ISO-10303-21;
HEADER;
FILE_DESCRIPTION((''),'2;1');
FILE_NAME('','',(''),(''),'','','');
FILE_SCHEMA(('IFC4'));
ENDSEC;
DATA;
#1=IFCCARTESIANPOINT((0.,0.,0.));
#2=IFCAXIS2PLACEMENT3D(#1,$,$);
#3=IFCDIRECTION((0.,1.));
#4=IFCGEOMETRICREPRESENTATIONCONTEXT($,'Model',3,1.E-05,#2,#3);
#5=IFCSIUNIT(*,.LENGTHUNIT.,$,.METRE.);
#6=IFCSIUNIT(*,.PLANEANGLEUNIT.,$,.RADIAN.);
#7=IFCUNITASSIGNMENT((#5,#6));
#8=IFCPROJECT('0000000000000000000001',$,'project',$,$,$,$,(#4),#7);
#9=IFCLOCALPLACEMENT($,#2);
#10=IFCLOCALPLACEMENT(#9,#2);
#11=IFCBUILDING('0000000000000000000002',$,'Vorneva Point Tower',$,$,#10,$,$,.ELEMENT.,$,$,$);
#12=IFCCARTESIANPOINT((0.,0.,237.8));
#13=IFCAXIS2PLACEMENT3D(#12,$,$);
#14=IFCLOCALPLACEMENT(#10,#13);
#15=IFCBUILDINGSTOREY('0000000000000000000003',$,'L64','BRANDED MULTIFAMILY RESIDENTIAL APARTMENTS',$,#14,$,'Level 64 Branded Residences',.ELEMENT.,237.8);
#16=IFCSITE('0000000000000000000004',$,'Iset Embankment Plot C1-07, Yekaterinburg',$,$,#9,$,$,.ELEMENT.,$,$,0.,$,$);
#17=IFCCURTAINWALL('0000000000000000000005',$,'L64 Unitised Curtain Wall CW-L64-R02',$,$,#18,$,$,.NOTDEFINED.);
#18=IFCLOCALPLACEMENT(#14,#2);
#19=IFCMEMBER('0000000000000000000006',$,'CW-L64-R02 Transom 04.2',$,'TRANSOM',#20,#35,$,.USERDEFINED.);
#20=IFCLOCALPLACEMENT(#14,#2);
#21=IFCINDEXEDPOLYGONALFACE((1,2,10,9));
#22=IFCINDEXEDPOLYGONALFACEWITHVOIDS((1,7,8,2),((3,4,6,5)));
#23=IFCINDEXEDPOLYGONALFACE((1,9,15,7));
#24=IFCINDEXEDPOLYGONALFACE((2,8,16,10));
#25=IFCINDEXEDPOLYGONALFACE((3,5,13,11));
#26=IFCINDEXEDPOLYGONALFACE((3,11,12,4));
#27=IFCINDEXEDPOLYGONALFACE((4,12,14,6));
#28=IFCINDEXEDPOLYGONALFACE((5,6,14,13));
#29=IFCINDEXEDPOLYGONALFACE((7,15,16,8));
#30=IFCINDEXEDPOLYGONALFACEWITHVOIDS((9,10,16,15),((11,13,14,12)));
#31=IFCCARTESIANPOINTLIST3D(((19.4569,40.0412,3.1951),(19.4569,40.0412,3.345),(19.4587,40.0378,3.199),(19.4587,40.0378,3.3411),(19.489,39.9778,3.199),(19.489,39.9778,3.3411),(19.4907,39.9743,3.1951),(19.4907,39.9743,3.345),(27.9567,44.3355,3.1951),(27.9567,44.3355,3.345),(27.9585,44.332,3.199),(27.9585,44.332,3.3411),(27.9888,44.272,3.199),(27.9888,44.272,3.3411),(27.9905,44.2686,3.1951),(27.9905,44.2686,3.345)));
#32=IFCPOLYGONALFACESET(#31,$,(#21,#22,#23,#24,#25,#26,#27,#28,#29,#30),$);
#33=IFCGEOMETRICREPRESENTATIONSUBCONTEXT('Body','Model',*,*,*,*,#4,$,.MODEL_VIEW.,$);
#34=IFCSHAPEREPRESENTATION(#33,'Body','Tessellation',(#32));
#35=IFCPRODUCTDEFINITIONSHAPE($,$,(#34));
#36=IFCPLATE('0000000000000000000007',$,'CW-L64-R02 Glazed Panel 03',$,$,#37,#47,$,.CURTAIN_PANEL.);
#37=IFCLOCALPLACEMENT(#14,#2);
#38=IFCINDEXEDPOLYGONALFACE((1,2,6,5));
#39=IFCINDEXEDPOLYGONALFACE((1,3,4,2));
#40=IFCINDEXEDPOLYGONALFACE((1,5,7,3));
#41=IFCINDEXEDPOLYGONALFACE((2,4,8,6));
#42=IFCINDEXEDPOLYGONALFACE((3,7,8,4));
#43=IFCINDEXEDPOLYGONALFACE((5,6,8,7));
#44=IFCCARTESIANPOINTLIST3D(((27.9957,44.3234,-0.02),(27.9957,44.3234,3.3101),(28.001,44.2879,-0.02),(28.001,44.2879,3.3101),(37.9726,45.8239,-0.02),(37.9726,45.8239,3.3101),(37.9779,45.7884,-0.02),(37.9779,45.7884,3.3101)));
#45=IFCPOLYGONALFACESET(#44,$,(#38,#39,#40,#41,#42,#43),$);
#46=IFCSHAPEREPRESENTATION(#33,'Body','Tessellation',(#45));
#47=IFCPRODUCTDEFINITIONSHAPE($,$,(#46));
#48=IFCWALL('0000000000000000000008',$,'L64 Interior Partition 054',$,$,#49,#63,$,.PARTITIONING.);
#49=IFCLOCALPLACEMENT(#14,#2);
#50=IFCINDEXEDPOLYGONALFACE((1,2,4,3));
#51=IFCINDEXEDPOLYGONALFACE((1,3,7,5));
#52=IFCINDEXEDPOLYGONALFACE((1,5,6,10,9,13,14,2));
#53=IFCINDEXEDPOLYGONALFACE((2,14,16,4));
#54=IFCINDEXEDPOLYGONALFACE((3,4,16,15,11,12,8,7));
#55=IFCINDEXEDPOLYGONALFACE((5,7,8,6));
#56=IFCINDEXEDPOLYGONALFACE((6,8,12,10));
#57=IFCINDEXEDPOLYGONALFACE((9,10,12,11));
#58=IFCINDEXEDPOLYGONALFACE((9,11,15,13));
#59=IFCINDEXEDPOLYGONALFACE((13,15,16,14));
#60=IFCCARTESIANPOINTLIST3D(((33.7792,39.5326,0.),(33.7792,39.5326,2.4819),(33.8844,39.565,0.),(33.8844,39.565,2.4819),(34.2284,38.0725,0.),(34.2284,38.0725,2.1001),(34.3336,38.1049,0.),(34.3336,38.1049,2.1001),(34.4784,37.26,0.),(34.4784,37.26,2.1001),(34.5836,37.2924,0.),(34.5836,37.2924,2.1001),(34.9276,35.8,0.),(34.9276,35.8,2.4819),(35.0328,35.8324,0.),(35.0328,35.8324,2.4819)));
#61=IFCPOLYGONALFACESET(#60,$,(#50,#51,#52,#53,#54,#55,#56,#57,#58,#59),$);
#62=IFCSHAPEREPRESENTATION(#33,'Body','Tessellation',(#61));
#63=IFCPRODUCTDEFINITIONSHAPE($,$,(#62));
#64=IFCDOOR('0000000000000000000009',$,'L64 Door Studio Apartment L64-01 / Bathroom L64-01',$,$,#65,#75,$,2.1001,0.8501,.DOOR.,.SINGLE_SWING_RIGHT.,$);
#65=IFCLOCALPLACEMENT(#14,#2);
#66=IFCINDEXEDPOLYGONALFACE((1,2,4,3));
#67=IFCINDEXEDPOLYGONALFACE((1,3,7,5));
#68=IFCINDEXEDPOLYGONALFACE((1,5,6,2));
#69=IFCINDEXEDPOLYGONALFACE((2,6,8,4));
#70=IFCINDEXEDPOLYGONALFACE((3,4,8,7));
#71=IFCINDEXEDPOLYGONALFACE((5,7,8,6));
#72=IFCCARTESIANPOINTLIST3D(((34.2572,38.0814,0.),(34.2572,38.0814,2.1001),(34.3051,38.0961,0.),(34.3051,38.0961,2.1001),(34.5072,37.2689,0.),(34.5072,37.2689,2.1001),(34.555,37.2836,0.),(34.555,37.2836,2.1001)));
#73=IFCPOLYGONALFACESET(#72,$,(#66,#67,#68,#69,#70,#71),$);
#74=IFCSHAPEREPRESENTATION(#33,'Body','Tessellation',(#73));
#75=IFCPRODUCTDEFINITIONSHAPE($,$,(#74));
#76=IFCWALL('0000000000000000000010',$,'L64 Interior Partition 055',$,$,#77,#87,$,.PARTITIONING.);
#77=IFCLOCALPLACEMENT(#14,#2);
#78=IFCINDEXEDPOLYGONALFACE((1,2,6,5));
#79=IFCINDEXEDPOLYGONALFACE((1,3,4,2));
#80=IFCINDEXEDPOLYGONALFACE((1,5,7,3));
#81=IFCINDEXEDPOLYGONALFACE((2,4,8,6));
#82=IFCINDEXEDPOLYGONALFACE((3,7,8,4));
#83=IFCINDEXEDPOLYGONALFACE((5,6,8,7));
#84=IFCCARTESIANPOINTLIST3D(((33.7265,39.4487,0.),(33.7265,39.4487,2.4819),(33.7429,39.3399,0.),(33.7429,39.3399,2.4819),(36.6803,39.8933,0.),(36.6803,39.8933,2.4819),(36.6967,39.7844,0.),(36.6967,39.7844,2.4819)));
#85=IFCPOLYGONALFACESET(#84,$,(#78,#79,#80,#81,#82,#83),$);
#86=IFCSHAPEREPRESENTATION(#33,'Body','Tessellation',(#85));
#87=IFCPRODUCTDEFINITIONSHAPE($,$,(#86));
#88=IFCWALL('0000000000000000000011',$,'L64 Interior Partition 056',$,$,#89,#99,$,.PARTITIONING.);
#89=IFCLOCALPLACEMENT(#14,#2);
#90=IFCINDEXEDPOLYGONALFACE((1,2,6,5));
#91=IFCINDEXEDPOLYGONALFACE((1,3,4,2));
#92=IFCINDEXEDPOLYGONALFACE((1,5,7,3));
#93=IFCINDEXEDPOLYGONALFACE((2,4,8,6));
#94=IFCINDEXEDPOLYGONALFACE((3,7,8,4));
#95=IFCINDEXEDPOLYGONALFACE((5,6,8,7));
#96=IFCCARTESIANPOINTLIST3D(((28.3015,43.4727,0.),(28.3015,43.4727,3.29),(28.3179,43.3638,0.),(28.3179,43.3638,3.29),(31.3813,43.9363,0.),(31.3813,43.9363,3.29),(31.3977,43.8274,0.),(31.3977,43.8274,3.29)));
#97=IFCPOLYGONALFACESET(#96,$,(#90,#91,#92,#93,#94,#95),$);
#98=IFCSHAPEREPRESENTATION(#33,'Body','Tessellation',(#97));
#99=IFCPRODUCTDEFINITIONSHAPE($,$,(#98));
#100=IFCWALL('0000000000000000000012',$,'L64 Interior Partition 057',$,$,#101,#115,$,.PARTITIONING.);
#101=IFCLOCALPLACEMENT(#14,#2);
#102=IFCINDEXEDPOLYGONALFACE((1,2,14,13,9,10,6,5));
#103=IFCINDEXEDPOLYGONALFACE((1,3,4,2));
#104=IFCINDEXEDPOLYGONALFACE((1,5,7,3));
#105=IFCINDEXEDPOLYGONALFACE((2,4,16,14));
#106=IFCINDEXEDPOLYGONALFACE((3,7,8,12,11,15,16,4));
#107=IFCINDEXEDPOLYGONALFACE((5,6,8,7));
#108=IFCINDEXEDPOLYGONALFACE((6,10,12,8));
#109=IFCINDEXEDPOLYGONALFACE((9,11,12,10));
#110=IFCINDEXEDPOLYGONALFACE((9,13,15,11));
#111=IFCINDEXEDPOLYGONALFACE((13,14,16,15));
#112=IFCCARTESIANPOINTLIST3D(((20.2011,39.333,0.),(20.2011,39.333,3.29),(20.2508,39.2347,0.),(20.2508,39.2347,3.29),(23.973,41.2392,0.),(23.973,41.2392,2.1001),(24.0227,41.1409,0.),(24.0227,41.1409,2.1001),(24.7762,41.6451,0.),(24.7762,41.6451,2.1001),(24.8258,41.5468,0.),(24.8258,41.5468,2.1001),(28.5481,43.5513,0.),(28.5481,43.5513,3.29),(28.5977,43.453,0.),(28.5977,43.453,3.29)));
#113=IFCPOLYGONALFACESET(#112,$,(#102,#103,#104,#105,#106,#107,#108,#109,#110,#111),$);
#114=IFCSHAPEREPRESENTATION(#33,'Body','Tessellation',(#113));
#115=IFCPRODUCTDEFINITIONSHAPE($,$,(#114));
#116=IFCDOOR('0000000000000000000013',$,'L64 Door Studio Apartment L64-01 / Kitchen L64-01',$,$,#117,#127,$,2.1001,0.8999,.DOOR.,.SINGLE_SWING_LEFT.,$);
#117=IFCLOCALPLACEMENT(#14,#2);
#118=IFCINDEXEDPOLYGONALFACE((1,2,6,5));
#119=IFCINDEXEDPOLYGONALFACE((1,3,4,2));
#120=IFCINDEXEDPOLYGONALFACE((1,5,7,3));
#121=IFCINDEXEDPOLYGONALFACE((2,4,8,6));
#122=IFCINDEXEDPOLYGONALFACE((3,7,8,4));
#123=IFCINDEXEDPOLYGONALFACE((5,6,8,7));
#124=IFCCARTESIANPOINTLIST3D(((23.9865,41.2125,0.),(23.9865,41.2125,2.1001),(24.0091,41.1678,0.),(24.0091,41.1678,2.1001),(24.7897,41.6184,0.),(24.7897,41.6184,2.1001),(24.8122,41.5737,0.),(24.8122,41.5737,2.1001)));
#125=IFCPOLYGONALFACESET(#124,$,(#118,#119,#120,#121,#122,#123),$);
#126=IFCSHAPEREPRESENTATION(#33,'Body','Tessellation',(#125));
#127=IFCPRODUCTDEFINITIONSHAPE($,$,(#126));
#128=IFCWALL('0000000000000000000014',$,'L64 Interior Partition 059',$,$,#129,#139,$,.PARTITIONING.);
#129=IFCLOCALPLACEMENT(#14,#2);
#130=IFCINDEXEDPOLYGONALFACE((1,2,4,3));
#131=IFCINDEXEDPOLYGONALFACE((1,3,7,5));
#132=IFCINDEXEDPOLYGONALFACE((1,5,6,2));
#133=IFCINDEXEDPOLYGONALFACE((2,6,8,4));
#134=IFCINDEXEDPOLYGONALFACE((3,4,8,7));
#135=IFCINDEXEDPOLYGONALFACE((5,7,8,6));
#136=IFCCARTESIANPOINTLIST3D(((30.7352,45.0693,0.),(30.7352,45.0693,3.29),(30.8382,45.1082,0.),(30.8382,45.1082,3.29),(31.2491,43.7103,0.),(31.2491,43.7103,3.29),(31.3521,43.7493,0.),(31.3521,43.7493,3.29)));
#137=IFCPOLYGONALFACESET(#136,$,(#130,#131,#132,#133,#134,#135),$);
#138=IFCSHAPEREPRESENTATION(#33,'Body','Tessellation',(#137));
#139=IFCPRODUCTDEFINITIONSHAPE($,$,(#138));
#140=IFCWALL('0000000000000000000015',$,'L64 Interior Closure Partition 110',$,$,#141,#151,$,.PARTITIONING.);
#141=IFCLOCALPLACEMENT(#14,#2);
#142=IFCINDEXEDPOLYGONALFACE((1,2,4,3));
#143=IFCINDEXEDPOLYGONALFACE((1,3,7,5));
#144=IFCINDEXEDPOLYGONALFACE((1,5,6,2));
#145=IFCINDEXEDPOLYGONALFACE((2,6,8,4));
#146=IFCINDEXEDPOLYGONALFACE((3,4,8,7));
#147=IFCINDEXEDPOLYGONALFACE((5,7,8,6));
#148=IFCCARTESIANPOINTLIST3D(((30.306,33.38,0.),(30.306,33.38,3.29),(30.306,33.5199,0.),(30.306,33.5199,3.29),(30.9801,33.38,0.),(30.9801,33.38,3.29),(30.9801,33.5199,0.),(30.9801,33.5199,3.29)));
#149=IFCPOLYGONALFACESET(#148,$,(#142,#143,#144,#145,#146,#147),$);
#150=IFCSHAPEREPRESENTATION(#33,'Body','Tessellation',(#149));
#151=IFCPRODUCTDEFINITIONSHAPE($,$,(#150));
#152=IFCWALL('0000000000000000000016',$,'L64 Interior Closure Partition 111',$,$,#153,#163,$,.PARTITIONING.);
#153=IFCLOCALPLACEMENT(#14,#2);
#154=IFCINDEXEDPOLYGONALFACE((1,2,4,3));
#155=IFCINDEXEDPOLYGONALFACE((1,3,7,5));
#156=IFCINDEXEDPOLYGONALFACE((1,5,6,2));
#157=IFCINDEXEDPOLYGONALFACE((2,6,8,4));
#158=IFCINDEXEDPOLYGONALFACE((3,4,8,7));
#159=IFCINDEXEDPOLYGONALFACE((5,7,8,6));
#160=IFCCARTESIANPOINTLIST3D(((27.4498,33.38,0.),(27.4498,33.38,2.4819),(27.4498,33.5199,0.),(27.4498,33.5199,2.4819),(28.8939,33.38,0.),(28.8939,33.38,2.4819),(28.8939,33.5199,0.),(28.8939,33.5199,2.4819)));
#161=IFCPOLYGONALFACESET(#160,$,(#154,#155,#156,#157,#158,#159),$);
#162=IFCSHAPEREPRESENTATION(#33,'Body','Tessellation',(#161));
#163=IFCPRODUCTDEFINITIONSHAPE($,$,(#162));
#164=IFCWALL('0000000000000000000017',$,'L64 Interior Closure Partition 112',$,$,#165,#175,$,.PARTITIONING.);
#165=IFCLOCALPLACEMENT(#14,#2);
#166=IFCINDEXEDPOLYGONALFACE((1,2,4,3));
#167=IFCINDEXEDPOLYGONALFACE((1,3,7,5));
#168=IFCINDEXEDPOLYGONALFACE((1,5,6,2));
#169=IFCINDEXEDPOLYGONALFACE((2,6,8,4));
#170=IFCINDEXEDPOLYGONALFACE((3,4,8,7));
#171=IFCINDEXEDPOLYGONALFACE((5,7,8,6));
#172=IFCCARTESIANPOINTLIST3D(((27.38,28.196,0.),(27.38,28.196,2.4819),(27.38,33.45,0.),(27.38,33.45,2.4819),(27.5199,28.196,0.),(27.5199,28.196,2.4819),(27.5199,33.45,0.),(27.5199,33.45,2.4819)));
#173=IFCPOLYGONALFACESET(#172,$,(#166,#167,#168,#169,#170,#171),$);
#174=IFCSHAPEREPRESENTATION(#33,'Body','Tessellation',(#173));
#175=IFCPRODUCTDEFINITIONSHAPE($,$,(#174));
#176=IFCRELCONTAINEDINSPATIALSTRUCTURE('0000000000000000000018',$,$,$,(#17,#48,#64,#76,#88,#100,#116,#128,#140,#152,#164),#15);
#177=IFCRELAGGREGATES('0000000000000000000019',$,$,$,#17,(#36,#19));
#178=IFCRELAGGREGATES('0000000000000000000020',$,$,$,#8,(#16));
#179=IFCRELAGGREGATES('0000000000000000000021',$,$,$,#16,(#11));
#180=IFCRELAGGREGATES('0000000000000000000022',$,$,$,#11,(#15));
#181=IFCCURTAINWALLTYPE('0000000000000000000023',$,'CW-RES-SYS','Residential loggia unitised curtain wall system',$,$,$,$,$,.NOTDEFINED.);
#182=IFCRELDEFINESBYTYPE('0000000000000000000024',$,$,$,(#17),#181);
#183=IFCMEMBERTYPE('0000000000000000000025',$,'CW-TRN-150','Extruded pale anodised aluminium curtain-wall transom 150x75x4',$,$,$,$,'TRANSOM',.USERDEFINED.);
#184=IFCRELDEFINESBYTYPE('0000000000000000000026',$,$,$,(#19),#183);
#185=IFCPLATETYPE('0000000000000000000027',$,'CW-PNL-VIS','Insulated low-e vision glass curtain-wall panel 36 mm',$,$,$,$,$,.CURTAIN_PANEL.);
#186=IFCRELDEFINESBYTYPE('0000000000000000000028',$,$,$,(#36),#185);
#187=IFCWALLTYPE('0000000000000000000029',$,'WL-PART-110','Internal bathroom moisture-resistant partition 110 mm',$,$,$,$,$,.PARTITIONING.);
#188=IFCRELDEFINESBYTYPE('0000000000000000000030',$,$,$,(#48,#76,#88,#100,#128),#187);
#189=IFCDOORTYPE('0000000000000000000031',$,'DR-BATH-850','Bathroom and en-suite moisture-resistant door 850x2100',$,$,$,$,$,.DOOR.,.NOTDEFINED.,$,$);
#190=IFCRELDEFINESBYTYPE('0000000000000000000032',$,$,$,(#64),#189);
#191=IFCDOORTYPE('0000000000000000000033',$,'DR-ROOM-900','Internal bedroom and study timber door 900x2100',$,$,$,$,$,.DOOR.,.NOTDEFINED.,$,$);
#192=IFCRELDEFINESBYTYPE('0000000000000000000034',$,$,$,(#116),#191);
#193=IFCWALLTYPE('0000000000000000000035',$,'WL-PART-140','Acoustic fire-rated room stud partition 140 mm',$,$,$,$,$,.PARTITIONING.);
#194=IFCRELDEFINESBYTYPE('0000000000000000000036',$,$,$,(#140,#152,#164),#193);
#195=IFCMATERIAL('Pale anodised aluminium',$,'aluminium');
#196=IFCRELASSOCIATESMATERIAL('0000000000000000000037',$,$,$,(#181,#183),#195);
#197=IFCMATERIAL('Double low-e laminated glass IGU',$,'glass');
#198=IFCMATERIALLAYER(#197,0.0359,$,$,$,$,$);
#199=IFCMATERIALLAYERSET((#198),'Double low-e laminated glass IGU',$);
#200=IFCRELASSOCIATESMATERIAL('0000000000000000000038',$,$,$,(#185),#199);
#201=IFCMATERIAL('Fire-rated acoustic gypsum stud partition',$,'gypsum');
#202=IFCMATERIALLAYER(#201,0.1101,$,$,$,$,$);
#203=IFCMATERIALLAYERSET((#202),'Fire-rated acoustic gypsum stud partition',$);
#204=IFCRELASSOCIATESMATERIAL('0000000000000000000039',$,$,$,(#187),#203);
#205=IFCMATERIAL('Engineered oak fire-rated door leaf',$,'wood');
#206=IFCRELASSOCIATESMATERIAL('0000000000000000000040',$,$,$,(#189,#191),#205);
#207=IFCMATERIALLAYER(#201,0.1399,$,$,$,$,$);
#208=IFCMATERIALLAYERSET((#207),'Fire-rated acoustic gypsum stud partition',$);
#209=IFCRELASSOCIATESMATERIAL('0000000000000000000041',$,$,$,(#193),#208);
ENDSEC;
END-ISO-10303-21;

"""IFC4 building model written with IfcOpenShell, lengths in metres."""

from ifc_helpers import new_model, si_unit, direction, frame, frame_2d, origin, origin_2d, place, context, subcontext, project, spatial, rectangle, hollow_rectangle, extrude, material, layer, layer_set, material_profile, profile_set, type_object, element, fill, aggregate, save


model = new_model("IFC4")

# Units and contexts
model_context = context("Model", 3, precision=1e-05, world=origin(), true_north=direction((0.0, 1.0)))
body_context = subcontext(model_context, "Body", "Model", "MODEL_VIEW")
ifc_project = project(units=[si_unit("LENGTHUNIT", "METRE"), si_unit("PLANEANGLEUNIT", "RADIAN")], contexts=[model_context])

# Site, building, storey
site_placement = place(None, origin())
site = spatial("IfcSite", under=ifc_project, at=site_placement, Name="Iset Embankment Plot C1-07, Yekaterinburg", CompositionType="ELEMENT", RefElevation=0.0)
building_placement = place(site_placement, origin())
building = spatial("IfcBuilding", under=site, at=building_placement, Name="Vorneva Point Tower", CompositionType="ELEMENT")
storey_placement = place(building_placement, frame((0.0, 0.0, 237.8)))
storey = spatial("IfcBuildingStorey", under=building, at=storey_placement, Name="L64", Description="BRANDED MULTIFAMILY RESIDENTIAL APARTMENTS", LongName="Level 64 Branded Residences", CompositionType="ELEMENT", Elevation=237.8)

# Curtain wall, member, plate
ifc_material_1 = material(Name="Pale anodised aluminium", Category="aluminium")
curtain_wall_type = type_object("IfcCurtainWallType", Name="CW-RES-SYS", Description="Residential loggia unitised curtain wall system", PredefinedType="NOTDEFINED", material=ifc_material_1)
curtain_wall_placement = place(storey_placement, origin())
curtain_wall = element("IfcCurtainWall", 1, at=curtain_wall_placement, inside=storey, type_object=curtain_wall_type, Name="L64 Unitised Curtain Wall CW-L64-R02", PredefinedType="NOTDEFINED")
ifc_material_profile_1 = material_profile(ifc_material_1, hollow_rectangle(XDim=0.075, YDim=0.1499, WallThickness=0.0039, at=origin_2d()), Name="AL-TRN 150x75x4")
ifc_profile_set_1 = profile_set([ifc_material_profile_1], Name="Pale anodised aluminium")
member_type_1 = type_object("IfcMemberType", Name="CW-TRN-150", Description="Extruded pale anodised aluminium curtain-wall transom 150x75x4", ElementType="TRANSOM", PredefinedType="USERDEFINED", material=ifc_profile_set_1)
member_1_placement = place(storey_placement, frame((27.9736, 44.302, 3.27), z_axis=(-0.892558, -0.450932, 0.0), x_axis=(0.450932, -0.892558, 0.0)))
member_1 = element("IfcMember", 2, at=member_1_placement, type_object=member_type_1, Name="CW-L64-R02 Transom 04.2", ObjectType="TRANSOM", PredefinedType="USERDEFINED", context=body_context, shape_type="SweptSolid", body=[
    extrude(hollow_rectangle(XDim=0.075, YDim=0.1499, WallThickness=0.0039, at=origin_2d()), origin(), (0.0, 0.0, 1.0), 9.5229),
])
ifc_material_2 = material(Name="Double low-e laminated glass IGU", Category="glass")
ifc_layer_1 = layer(ifc_material_2, 0.0359)
ifc_layer_set_1 = layer_set([ifc_layer_1], Name="Double low-e laminated glass IGU")
plate_type = type_object("IfcPlateType", Name="CW-PNL-VIS", Description="Insulated low-e vision glass curtain-wall panel 36 mm", PredefinedType="CURTAIN_PANEL", material=ifc_layer_set_1)
plate_placement = place(storey_placement, frame((32.9868, 45.0559, -0.02), z_axis=(0.0, 0.0, 1.0), x_axis=(-0.988879, -0.148724, 0.0)))
plate = element("IfcPlate", 3, at=plate_placement, type_object=plate_type, Name="CW-L64-R02 Glazed Panel 03", PredefinedType="CURTAIN_PANEL", context=body_context, shape_type="SweptSolid", body=[
    extrude(rectangle(XDim=10.0891, YDim=0.0359, at=origin_2d()), origin(), (0.0, 0.0, 1.0), 3.3301),
])
aggregate(curtain_wall, [plate, member_1])

# Wall, opening, door
ifc_material_3 = material(Name="Fire-rated acoustic gypsum stud partition", Category="gypsum")
ifc_layer_2 = layer(ifc_material_3, 0.1101)
ifc_layer_set_2 = layer_set([ifc_layer_2], Name="Fire-rated acoustic gypsum stud partition")
wall_type_1 = type_object("IfcWallType", Name="WL-PART-110", Description="Internal bathroom moisture-resistant partition 110 mm", PredefinedType="PARTITIONING", material=ifc_layer_set_2)
wall_1_placement = place(storey_placement, frame((34.9802, 35.8162, 0.0), z_axis=(0.0, 0.0, 1.0), x_axis=(-0.294068, 0.955784, 0.0)))
wall_1 = element("IfcWall", 4, at=wall_1_placement, inside=storey, type_object=wall_type_1, Name="L64 Interior Partition 054", PredefinedType="PARTITIONING", context=body_context, shape_type="SweptSolid", body=[
    extrude(rectangle(XDim=3.9053, YDim=0.1101, at=frame_2d((1.9526, 0.0))), origin(), (0.0, 0.0, 1.0), 2.4819),
])
opening_1_placement = place(wall_1_placement, frame((1.5276, 0.0, 0.0)))
opening_1 = element("IfcOpeningElement", 5, at=opening_1_placement, cuts=wall_1, PredefinedType="OPENING", context=body_context, shape_type="SweptSolid", body=[
    extrude(rectangle(XDim=0.8501, YDim=2.1001, at=frame_2d((0.425, 1.05))), frame((0.0, 0.0698, 0.0), z_axis=(0.0, -1.0, 0.0), x_axis=(1.0, 0.0, 0.0)), (0.0, 0.0, 1.0), 0.1399),
])
ifc_material_4 = material(Name="Engineered oak fire-rated door leaf", Category="wood")
door_type_1 = type_object("IfcDoorType", Name="DR-BATH-850", Description="Bathroom and en-suite moisture-resistant door 850x2100", OperationType="NOTDEFINED", PredefinedType="DOOR", material=ifc_material_4)
door_1_placement = place(opening_1_placement, origin())
door_1 = element("IfcDoor", 6, at=door_1_placement, inside=storey, type_object=door_type_1, Name="L64 Door Studio Apartment L64-01 / Bathroom L64-01", OperationType="SINGLE_SWING_RIGHT", OverallHeight=2.1001, OverallWidth=0.8501, PredefinedType="DOOR", context=body_context, shape_type="SweptSolid", body=[
    extrude(rectangle(XDim=0.8501, YDim=2.1001, at=frame_2d((0.425, 1.05))), frame((0.0, 0.0249, 0.0), z_axis=(0.0, -1.0, 0.0), x_axis=(1.0, 0.0, 0.0)), (0.0, 0.0, 1.0), 0.05),
])
fill(opening_1, door_1)

# Walls
wall_2_placement = place(storey_placement, frame((33.7346, 39.3943, 0.0), z_axis=(0.0, 0.0, 1.0), x_axis=(0.988862, 0.148832, 0.0)))
element("IfcWall", 7, at=wall_2_placement, inside=storey, type_object=wall_type_1, Name="L64 Interior Partition 055", PredefinedType="PARTITIONING", context=body_context, shape_type="SweptSolid", body=[
    extrude(rectangle(XDim=2.9871, YDim=0.1101, at=frame_2d((1.4937, 0.0))), origin(), (0.0, 0.0, 1.0), 2.4819),
])
wall_3_placement = place(storey_placement, frame((31.3894, 43.8818, 0.0), z_axis=(0.0, 0.0, 1.0), x_axis=(-0.988859, -0.148858, 0.0)))
element("IfcWall", 8, at=wall_3_placement, inside=storey, type_object=wall_type_1, Name="L64 Interior Partition 056", PredefinedType="PARTITIONING", context=body_context, shape_type="SweptSolid", body=[
    extrude(rectangle(XDim=3.1145, YDim=0.1101, at=frame_2d((1.5571, 0.0))), origin(), (0.0, 0.0, 1.0), 3.29),
])

# Wall, opening, door
wall_4_placement = place(storey_placement, frame((28.573, 43.5022, 0.0), z_axis=(0.0, 0.0, 1.0), x_axis=(-0.892503, -0.451042, 0.0)))
wall_4 = element("IfcWall", 9, at=wall_4_placement, inside=storey, type_object=wall_type_1, Name="L64 Interior Partition 057", PredefinedType="PARTITIONING", context=body_context, shape_type="SweptSolid", body=[
    extrude(rectangle(XDim=9.3523, YDim=0.1101, at=frame_2d((4.6763, 0.0))), origin(), (0.0, 0.0, 1.0), 3.29),
])
opening_2_placement = place(wall_4_placement, frame((4.2263, 0.0, 0.0)))
opening_2 = element("IfcOpeningElement", 10, at=opening_2_placement, cuts=wall_4, PredefinedType="OPENING", context=body_context, shape_type="SweptSolid", body=[
    extrude(rectangle(XDim=0.8999, YDim=2.1001, at=frame_2d((0.45, 1.05))), frame((0.0, 0.0698, 0.0), z_axis=(0.0, -1.0, 0.0), x_axis=(1.0, 0.0, 0.0)), (0.0, 0.0, 1.0), 0.1399),
])
door_type_2 = type_object("IfcDoorType", Name="DR-ROOM-900", Description="Internal bedroom and study timber door 900x2100", OperationType="NOTDEFINED", PredefinedType="DOOR", material=ifc_material_4)
door_2_placement = place(opening_2_placement, origin())
door_2 = element("IfcDoor", 11, at=door_2_placement, inside=storey, type_object=door_type_2, Name="L64 Door Studio Apartment L64-01 / Kitchen L64-01", OperationType="SINGLE_SWING_LEFT", OverallHeight=2.1001, OverallWidth=0.8999, PredefinedType="DOOR", context=body_context, shape_type="SweptSolid", body=[
    extrude(rectangle(XDim=0.8999, YDim=2.1001, at=frame_2d((0.45, 1.05))), frame((0.0, 0.0249, 0.0), z_axis=(0.0, -1.0, 0.0), x_axis=(1.0, 0.0, 0.0)), (0.0, 0.0, 1.0), 0.05),
])
fill(opening_2, door_2)

# Walls
wall_5_placement = place(storey_placement, frame((30.7866, 45.0889, 0.0), z_axis=(0.0, 0.0, 1.0), x_axis=(0.353737, -0.935345, 0.0)))
element("IfcWall", 12, at=wall_5_placement, inside=storey, type_object=wall_type_1, Name="L64 Interior Partition 059", PredefinedType="PARTITIONING", context=body_context, shape_type="SweptSolid", body=[
    extrude(rectangle(XDim=1.4529, YDim=0.1101, at=frame_2d((0.7266, 0.0))), origin(), (0.0, 0.0, 1.0), 3.29),
])
ifc_layer_3 = layer(ifc_material_3, 0.1399)
ifc_layer_set_3 = layer_set([ifc_layer_3], Name="Fire-rated acoustic gypsum stud partition")
wall_type_2 = type_object("IfcWallType", Name="WL-PART-140", Description="Acoustic fire-rated room stud partition 140 mm", PredefinedType="PARTITIONING", material=ifc_layer_set_3)
wall_6_placement = place(storey_placement, frame((30.98, 33.45, 0.0), z_axis=(0.0, 0.0, 1.0), x_axis=(-1.0, 0.0, 0.0)))
element("IfcWall", 13, at=wall_6_placement, inside=storey, type_object=wall_type_2, Name="L64 Interior Closure Partition 110", PredefinedType="PARTITIONING", context=body_context, shape_type="SweptSolid", body=[
    extrude(rectangle(XDim=0.6741, YDim=0.1399, at=frame_2d((0.3369, 0.0))), origin(), (0.0, 0.0, 1.0), 3.29),
])
wall_7_placement = place(storey_placement, frame((28.894, 33.45, 0.0), z_axis=(0.0, 0.0, 1.0), x_axis=(-1.0, 0.0, 0.0)))
element("IfcWall", 14, at=wall_7_placement, inside=storey, type_object=wall_type_2, Name="L64 Interior Closure Partition 111", PredefinedType="PARTITIONING", context=body_context, shape_type="SweptSolid", body=[
    extrude(rectangle(XDim=1.4441, YDim=0.1399, at=frame_2d((0.7222, 0.0))), origin(), (0.0, 0.0, 1.0), 2.4819),
])
wall_8_placement = place(storey_placement, frame((27.45, 33.45, 0.0), z_axis=(0.0, 0.0, 1.0), x_axis=(0.0, -1.0, 0.0)))
element("IfcWall", 15, at=wall_8_placement, inside=storey, type_object=wall_type_2, Name="L64 Interior Closure Partition 112", PredefinedType="PARTITIONING", context=body_context, shape_type="SweptSolid", body=[
    extrude(rectangle(XDim=5.2539, YDim=0.1399, at=frame_2d((2.627, 0.0))), origin(), (0.0, 0.0, 1.0), 2.4819),
])

save(model, "model.ifc")
